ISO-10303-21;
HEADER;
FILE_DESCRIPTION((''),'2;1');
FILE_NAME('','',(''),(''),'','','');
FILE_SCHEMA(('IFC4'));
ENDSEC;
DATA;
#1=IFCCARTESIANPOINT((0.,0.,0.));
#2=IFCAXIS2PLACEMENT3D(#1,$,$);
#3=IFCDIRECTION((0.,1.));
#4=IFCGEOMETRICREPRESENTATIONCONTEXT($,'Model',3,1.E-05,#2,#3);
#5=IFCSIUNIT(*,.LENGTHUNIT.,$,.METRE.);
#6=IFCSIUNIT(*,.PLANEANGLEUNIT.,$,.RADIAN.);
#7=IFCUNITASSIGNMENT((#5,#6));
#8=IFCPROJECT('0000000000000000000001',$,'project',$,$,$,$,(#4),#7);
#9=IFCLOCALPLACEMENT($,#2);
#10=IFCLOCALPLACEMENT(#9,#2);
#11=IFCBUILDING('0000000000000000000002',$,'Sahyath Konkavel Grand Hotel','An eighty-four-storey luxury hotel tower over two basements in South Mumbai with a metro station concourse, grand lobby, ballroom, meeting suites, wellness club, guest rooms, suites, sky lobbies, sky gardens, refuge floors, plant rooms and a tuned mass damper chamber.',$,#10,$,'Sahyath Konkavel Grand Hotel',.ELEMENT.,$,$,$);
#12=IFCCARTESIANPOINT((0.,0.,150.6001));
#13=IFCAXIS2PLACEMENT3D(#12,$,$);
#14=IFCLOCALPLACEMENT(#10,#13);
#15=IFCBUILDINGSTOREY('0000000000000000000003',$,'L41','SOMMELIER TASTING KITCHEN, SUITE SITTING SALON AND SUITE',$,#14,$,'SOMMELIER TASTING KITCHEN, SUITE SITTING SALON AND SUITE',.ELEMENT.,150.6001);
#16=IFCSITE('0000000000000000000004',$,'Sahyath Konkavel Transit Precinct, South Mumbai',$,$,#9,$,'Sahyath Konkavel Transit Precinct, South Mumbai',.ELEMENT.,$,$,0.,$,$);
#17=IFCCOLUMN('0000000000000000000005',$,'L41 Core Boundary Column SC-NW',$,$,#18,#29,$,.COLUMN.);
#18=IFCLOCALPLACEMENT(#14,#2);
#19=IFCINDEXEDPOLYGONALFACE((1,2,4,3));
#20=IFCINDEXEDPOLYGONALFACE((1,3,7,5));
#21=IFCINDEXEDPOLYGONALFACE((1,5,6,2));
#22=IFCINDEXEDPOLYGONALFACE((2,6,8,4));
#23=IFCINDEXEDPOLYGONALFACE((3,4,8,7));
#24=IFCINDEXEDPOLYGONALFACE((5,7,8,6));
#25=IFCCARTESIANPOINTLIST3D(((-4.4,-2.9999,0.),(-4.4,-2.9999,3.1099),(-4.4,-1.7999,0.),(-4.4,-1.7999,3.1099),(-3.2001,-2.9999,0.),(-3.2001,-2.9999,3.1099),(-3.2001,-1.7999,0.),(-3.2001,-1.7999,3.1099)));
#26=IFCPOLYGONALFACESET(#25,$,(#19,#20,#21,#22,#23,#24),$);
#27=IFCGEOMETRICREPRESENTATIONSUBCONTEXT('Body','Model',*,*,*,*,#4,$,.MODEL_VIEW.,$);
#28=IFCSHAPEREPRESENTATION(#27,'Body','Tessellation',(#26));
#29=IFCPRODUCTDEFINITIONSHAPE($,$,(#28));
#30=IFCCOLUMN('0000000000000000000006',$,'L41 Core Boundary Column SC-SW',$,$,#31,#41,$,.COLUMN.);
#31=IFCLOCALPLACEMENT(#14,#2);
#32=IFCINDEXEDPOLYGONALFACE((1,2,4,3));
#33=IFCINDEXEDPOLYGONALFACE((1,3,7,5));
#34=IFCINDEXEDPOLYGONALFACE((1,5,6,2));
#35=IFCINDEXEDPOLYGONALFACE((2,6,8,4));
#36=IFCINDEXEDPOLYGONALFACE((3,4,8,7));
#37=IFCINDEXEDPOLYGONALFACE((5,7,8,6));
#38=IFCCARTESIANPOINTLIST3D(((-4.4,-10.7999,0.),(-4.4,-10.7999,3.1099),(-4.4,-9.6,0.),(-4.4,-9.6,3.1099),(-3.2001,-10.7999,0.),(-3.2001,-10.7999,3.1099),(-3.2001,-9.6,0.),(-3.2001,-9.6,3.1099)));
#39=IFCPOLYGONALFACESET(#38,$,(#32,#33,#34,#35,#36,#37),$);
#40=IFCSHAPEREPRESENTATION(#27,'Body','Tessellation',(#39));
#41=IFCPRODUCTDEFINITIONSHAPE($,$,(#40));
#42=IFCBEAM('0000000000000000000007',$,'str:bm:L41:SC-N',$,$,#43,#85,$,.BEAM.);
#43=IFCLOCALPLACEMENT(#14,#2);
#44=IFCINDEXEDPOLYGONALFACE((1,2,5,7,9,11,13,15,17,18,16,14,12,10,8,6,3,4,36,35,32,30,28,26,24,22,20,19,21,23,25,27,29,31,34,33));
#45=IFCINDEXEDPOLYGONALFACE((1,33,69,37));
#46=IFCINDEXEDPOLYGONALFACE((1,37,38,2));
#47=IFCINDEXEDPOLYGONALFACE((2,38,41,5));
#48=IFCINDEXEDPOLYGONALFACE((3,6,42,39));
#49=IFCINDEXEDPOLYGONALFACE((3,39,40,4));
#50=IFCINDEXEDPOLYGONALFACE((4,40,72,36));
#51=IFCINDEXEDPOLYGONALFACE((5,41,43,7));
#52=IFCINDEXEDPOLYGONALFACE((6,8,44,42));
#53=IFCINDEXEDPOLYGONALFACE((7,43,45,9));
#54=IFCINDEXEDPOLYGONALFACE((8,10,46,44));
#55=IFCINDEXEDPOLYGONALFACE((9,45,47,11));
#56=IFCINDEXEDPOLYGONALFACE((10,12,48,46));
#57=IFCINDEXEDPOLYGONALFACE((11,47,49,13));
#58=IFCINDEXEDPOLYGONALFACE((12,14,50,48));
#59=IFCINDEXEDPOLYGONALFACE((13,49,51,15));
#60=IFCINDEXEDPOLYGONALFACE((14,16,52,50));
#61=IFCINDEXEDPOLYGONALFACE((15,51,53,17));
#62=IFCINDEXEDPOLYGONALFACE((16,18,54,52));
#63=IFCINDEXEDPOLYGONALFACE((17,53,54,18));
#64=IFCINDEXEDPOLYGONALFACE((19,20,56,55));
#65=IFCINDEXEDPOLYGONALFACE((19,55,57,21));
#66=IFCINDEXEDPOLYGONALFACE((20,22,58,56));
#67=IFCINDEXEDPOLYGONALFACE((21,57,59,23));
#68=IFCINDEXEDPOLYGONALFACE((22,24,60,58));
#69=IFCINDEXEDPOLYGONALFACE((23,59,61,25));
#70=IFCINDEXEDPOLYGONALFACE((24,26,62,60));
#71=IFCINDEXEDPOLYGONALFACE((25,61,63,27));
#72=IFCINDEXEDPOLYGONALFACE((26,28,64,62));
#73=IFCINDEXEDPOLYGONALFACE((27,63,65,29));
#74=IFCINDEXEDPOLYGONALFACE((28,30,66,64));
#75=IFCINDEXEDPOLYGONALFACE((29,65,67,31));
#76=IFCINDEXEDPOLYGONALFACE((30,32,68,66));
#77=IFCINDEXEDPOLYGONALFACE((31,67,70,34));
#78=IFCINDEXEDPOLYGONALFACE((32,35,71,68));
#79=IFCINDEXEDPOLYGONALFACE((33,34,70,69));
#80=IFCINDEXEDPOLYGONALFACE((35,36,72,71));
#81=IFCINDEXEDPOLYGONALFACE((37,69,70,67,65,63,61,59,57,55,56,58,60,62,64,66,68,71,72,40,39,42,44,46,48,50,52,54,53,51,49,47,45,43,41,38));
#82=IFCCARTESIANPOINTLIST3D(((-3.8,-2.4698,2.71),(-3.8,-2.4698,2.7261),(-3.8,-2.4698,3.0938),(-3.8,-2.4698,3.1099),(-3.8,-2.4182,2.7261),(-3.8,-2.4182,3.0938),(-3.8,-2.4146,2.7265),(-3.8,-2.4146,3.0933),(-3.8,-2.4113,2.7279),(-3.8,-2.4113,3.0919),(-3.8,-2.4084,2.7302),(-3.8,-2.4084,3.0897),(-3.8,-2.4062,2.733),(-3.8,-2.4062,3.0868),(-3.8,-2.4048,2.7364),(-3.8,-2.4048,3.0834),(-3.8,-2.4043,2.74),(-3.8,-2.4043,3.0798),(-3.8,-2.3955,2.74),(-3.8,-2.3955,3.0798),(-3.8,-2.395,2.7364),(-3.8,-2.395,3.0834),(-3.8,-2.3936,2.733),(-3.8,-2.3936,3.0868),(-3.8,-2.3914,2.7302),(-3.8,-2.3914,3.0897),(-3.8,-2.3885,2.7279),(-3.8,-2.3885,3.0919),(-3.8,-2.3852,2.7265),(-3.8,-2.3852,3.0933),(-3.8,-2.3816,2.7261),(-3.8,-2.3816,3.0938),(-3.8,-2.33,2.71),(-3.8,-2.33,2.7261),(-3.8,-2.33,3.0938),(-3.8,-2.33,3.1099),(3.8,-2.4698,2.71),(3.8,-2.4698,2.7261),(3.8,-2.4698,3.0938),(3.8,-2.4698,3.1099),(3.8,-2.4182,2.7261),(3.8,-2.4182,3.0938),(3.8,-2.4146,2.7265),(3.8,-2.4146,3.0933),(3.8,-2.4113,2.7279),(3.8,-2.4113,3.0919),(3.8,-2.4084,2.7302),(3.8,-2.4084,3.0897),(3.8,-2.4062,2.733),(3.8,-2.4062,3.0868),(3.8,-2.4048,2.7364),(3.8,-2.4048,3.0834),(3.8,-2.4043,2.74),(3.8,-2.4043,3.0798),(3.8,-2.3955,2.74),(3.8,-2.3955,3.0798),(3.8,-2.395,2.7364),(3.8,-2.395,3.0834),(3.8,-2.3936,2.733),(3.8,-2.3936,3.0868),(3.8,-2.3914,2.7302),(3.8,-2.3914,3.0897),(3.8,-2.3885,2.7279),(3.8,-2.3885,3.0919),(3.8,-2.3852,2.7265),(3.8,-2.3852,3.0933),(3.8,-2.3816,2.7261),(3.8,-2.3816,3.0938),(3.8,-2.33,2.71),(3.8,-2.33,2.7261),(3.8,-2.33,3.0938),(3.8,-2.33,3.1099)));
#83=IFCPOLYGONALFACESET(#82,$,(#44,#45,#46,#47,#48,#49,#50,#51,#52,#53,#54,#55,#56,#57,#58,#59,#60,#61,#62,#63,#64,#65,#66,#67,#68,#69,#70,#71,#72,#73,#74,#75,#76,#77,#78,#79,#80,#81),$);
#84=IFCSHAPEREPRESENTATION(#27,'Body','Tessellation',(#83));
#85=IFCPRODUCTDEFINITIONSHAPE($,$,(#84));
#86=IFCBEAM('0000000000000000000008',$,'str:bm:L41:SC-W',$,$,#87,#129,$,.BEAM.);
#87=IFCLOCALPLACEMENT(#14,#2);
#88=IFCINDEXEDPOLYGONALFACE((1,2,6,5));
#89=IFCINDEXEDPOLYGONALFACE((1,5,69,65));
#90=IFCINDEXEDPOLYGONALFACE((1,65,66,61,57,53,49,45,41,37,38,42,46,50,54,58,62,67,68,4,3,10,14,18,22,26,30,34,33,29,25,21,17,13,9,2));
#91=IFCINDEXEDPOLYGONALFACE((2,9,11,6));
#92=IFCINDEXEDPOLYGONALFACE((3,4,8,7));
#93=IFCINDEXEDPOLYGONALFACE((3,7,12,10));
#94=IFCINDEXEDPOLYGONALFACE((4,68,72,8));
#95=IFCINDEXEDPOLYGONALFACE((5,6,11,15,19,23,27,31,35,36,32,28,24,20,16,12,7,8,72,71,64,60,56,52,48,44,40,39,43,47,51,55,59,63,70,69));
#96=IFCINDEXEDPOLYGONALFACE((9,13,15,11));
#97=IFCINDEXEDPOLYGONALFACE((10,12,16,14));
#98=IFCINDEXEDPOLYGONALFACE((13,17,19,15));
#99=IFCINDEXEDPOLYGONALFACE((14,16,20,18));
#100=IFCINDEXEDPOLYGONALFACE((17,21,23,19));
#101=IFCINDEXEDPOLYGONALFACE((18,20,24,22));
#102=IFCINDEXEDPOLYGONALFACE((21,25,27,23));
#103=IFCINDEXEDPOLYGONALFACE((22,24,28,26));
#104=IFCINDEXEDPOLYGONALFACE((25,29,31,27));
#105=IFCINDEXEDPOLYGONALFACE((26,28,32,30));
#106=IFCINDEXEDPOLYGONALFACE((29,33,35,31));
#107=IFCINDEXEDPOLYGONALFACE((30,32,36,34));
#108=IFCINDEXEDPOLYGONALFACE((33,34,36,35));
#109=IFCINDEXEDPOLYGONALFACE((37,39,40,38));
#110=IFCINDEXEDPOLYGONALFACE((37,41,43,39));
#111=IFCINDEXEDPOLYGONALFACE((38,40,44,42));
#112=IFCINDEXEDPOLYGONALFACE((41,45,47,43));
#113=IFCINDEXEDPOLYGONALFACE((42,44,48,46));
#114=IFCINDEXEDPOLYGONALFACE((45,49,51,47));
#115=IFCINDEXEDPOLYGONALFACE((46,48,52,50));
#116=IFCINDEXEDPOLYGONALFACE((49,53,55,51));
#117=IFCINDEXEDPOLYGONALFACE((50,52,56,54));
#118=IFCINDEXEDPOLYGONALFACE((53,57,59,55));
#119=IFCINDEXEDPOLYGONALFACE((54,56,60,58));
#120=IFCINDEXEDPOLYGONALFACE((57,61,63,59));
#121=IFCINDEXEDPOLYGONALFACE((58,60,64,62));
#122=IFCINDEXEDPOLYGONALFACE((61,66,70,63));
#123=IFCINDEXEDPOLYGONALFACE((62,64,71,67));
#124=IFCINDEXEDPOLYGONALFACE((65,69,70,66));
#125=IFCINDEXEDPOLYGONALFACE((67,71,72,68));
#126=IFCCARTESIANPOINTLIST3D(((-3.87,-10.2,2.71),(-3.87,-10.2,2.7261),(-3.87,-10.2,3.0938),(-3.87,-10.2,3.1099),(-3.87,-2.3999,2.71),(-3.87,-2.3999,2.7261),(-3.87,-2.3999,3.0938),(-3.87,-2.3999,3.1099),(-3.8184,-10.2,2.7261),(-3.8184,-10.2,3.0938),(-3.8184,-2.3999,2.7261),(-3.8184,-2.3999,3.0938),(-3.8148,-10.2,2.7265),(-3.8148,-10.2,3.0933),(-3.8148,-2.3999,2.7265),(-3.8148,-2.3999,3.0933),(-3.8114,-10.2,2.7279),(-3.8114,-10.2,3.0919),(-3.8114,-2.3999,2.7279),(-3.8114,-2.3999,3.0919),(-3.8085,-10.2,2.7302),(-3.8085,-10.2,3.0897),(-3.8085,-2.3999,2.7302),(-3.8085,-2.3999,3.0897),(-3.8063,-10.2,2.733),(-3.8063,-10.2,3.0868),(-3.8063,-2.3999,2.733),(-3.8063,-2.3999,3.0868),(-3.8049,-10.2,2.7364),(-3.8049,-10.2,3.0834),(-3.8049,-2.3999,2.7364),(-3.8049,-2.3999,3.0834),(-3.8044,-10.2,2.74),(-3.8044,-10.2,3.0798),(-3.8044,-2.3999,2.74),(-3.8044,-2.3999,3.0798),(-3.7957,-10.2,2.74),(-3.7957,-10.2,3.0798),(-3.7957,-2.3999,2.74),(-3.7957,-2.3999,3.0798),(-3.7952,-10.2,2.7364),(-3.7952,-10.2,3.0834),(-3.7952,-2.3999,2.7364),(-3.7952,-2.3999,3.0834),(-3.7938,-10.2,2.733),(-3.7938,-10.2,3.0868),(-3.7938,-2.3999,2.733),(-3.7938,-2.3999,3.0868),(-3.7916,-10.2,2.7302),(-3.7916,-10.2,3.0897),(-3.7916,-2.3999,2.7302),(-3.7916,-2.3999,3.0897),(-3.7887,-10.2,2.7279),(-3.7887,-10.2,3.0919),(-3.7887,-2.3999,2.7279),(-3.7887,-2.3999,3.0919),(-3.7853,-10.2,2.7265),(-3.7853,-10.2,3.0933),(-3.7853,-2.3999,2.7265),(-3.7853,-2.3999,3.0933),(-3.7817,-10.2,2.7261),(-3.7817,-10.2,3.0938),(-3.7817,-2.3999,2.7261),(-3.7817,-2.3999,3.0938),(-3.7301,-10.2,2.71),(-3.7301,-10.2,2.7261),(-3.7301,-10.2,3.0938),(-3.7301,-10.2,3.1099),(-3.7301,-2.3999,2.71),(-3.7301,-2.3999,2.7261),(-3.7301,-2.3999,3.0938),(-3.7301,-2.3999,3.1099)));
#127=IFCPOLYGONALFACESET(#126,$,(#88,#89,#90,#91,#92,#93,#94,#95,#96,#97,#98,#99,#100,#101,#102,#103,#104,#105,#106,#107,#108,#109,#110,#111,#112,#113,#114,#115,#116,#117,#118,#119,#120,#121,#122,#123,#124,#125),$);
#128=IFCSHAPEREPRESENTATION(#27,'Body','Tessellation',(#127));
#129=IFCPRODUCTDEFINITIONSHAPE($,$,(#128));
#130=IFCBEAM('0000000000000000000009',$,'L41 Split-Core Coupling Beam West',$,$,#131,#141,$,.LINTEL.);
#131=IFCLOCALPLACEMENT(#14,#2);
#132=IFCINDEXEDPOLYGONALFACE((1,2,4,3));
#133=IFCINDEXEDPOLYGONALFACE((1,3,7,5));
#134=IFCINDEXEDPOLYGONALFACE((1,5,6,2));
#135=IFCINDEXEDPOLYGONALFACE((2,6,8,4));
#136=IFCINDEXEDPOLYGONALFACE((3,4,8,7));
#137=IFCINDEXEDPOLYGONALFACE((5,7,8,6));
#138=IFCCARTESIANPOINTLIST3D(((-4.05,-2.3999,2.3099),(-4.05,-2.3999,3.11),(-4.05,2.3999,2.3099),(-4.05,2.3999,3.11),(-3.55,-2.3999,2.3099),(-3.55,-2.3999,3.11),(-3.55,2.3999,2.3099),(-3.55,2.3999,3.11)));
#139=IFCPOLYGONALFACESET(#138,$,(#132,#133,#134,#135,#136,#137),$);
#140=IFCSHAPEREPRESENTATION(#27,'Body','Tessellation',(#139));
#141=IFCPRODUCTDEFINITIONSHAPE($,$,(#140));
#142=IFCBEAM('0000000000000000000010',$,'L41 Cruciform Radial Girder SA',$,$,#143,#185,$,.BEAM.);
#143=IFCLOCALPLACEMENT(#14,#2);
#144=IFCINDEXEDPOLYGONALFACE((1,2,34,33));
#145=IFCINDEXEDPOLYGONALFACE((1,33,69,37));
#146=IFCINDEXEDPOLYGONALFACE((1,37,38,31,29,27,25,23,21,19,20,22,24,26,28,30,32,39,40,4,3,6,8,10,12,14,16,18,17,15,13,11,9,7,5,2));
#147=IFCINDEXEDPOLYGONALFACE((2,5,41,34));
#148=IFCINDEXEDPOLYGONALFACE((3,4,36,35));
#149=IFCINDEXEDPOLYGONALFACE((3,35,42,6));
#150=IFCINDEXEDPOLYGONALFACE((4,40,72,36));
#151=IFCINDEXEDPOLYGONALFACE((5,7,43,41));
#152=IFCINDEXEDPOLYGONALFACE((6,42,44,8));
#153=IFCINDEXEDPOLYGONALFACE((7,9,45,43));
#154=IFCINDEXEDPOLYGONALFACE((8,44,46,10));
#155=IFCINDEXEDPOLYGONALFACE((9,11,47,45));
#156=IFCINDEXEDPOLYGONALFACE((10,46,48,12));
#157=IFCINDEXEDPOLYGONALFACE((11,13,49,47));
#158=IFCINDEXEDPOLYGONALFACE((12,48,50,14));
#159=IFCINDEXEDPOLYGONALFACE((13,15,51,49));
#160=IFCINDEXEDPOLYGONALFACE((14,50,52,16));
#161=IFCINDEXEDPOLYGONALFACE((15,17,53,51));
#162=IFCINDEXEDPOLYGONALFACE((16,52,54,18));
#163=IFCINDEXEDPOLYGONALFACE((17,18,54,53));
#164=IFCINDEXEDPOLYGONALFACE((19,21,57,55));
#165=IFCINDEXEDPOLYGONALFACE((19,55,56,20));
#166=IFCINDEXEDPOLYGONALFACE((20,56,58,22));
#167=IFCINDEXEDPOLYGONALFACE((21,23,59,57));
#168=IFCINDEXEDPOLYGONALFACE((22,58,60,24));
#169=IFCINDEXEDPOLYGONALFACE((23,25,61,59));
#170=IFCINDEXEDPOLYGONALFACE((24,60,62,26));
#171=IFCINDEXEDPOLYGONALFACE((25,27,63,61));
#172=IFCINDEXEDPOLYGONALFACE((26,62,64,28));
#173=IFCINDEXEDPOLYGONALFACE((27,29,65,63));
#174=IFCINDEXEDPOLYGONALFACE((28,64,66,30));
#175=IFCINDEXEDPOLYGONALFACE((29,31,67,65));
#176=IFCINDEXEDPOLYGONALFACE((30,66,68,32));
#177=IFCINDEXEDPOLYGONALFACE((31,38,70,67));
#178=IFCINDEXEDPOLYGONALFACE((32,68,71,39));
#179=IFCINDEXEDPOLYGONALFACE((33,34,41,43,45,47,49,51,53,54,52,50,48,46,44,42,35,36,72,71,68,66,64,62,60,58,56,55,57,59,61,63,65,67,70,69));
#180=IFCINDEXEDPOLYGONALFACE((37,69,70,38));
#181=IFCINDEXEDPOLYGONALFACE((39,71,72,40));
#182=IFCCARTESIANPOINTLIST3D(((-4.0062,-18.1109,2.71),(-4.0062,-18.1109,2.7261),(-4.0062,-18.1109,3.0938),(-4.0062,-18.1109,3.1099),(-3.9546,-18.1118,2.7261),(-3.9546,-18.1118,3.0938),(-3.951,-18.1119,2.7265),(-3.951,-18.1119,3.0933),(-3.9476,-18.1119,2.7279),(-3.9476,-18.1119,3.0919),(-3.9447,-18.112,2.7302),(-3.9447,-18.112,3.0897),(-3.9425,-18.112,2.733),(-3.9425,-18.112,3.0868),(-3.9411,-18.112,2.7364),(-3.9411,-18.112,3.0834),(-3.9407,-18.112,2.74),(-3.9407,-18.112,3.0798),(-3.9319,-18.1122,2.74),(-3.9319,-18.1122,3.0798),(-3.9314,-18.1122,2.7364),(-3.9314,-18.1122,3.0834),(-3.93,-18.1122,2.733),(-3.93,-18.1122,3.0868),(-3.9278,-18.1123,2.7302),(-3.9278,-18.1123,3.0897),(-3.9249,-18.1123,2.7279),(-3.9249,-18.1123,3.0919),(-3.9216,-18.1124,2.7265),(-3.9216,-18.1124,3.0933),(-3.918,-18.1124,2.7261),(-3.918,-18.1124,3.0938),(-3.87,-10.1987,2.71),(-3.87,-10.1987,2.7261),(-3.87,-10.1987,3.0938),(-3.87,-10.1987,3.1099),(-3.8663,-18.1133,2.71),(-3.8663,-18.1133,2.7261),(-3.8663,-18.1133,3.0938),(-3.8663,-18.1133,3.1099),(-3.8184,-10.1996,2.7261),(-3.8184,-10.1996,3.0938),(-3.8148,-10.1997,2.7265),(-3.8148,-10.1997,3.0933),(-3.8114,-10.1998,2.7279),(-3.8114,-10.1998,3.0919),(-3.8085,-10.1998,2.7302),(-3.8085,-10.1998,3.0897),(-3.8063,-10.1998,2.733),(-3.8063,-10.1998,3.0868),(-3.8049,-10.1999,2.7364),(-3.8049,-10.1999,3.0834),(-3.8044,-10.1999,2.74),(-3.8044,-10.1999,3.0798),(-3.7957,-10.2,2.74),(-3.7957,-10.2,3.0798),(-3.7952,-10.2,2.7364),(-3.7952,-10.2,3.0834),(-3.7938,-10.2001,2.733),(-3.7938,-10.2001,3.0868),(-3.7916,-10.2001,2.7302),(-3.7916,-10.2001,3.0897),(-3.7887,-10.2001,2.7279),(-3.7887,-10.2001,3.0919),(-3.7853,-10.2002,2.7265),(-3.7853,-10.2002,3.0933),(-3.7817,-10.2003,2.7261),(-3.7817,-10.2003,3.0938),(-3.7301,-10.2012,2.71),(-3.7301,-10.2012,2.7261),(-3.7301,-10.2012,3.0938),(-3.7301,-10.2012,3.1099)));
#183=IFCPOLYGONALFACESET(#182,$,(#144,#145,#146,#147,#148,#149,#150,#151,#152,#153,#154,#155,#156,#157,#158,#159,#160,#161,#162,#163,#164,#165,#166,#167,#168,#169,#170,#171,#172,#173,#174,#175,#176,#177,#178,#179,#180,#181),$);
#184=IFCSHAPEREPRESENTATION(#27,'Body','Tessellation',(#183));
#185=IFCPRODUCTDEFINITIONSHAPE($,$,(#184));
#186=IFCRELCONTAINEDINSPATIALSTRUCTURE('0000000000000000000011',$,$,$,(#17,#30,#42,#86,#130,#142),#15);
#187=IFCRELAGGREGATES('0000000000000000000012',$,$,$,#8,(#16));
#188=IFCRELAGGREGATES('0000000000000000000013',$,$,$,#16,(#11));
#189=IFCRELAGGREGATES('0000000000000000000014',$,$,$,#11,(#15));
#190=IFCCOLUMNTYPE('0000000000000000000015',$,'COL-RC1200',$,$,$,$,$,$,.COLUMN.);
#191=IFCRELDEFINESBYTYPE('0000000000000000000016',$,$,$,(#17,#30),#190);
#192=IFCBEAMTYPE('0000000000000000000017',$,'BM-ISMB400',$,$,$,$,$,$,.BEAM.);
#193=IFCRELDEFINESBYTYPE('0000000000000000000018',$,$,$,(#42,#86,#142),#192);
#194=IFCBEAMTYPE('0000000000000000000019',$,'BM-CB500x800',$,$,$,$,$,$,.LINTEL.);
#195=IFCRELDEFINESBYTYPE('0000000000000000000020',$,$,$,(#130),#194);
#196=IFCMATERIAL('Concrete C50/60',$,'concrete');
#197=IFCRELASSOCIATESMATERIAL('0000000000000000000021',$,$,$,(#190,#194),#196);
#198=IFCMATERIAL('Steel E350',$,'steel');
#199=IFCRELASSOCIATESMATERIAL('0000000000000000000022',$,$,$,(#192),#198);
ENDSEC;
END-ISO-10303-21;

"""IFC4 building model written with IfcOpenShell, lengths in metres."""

from ifc_helpers import new_model, si_unit, direction, frame, origin, origin_2d, place, context, subcontext, project, spatial, rectangle, i_section, extrude, source, transform, mapped, material, material_profile, profile_set, type_object, element, save


model = new_model("IFC4")

# Units and contexts
model_context = context("Model", 3, precision=1e-05, world=origin(), true_north=direction((0.0, 1.0)))
body_context = subcontext(model_context, "Body", "Model", "MODEL_VIEW")
ifc_project = project(units=[si_unit("LENGTHUNIT", "METRE"), si_unit("PLANEANGLEUNIT", "RADIAN")], contexts=[model_context])

# Site, building, storey
site_placement = place(None, origin())
site = spatial("IfcSite", under=ifc_project, at=site_placement, Name="Sahyath Konkavel Transit Precinct, South Mumbai", LongName="Sahyath Konkavel Transit Precinct, South Mumbai", CompositionType="ELEMENT", RefElevation=0.0)
building_placement = place(site_placement, origin())
building = spatial("IfcBuilding", under=site, at=building_placement, Name="Sahyath Konkavel Grand Hotel", Description="An eighty-four-storey luxury hotel tower over two basements in South Mumbai with a metro station concourse, grand lobby, ballroom, meeting suites, wellness club, guest rooms, suites, sky lobbies, sky gardens, refuge floors, plant rooms and a tuned mass damper chamber.", LongName="Sahyath Konkavel Grand Hotel", CompositionType="ELEMENT")
storey_placement = place(building_placement, frame((0.0, 0.0, 150.6001)))
storey = spatial("IfcBuildingStorey", under=building, at=storey_placement, Name="L41", Description="SOMMELIER TASTING KITCHEN, SUITE SITTING SALON AND SUITE", LongName="SOMMELIER TASTING KITCHEN, SUITE SITTING SALON AND SUITE", CompositionType="ELEMENT", Elevation=150.6001)

# Columns
ifc_material_1 = material(Name="Concrete C50/60", Category="concrete")
ifc_material_profile_1 = material_profile(ifc_material_1, rectangle(XDim=1.2, YDim=1.2, at=origin_2d()), Name="RC 1200x1200")
ifc_profile_set_1 = profile_set([ifc_material_profile_1], Name="Concrete C50/60")
column_type = type_object("IfcColumnType", Name="COL-RC1200", PredefinedType="COLUMN", material=ifc_profile_set_1)
shared_shape_1 = source(origin(), body_context, "Body", "SweptSolid", [
    extrude(rectangle(XDim=1.2, YDim=1.2, at=origin_2d()), origin(), (0.0, 0.0, 1.0), 3.1099),
])
for number, where, z_axis, x_axis, name in (
    (1, (-3.8, -2.3999, 0.0), (0.0, 0.0, 1.0), (1.0, 0.0, 0.0), "L41 Core Boundary Column SC-NW"),
    (2, (-3.8, -10.2, 0.0), (0.0, 0.0, 1.0), (1.0, 0.0, 0.0), "L41 Core Boundary Column SC-SW"),
):
    element("IfcColumn", number, at=place(storey_placement, frame(where, z_axis=z_axis, x_axis=x_axis)), inside=storey, type_object=column_type, Name=name, PredefinedType="COLUMN", context=body_context, shape_type="MappedRepresentation", body=[
        mapped(shared_shape_1, transform((0.0, 0.0, 0.0), scale=1.0)),
    ])

# Beams
ifc_material_2 = material(Name="Steel E350", Category="steel")
ifc_material_profile_2 = material_profile(ifc_material_2, i_section(OverallWidth=0.1399, OverallDepth=0.3999, WebThickness=0.0088, FlangeThickness=0.0161, FilletRadius=0.0139, at=origin_2d()), Name="ISMB 400")
ifc_profile_set_2 = profile_set([ifc_material_profile_2], Name="Steel E350")
beam_type_1 = type_object("IfcBeamType", Name="BM-ISMB400", PredefinedType="BEAM", material=ifc_profile_set_2)
shared_shape_2 = source(origin(), body_context, "Body", "SweptSolid", [
    extrude(i_section(OverallWidth=0.1399, OverallDepth=0.3999, WebThickness=0.0088, FlangeThickness=0.0161, FilletRadius=0.0139, at=origin_2d()), origin(), (0.0, 0.0, 1.0), 7.6001),
])
beam_1_placement = place(storey_placement, frame((-3.8, -2.3999, 2.9099), z_axis=(1.0, 0.0, 0.0), x_axis=(0.0, 1.0, 0.0)))
element("IfcBeam", 3, at=beam_1_placement, inside=storey, type_object=beam_type_1, Name="str:bm:L41:SC-N", PredefinedType="BEAM", context=body_context, shape_type="MappedRepresentation", body=[
    mapped(shared_shape_2, transform((0.0, 0.0, 0.0), scale=1.0)),
])
shared_shape_3 = source(origin(), body_context, "Body", "SweptSolid", [
    extrude(i_section(OverallWidth=0.1399, OverallDepth=0.3999, WebThickness=0.0088, FlangeThickness=0.0161, FilletRadius=0.0139, at=origin_2d()), origin(), (0.0, 0.0, 1.0), 7.8),
])
beam_2_placement = place(storey_placement, frame((-3.8, -10.2, 2.9099), z_axis=(0.0, 1.0, 0.0), x_axis=(-1.0, 0.0, 0.0)))
element("IfcBeam", 4, at=beam_2_placement, inside=storey, type_object=beam_type_1, Name="str:bm:L41:SC-W", PredefinedType="BEAM", context=body_context, shape_type="MappedRepresentation", body=[
    mapped(shared_shape_3, transform((0.0, 0.0, 0.0), scale=1.0)),
])
ifc_material_profile_3 = material_profile(ifc_material_1, rectangle(XDim=0.5, YDim=0.8, at=origin_2d()), Name="RC 500x800")
ifc_profile_set_3 = profile_set([ifc_material_profile_3], Name="Concrete C50/60")
beam_type_2 = type_object("IfcBeamType", Name="BM-CB500x800", PredefinedType="LINTEL", material=ifc_profile_set_3)
shared_shape_4 = source(origin(), body_context, "Body", "SweptSolid", [
    extrude(rectangle(XDim=0.5, YDim=0.8, at=origin_2d()), origin(), (0.0, 0.0, 1.0), 4.7998),
])
beam_3_placement = place(storey_placement, frame((-3.8, -2.3999, 2.71), z_axis=(0.0, 1.0, 0.0), x_axis=(-1.0, 0.0, 0.0)))
element("IfcBeam", 5, at=beam_3_placement, inside=storey, type_object=beam_type_2, Name="L41 Split-Core Coupling Beam West", PredefinedType="LINTEL", context=body_context, shape_type="MappedRepresentation", body=[
    mapped(shared_shape_4, transform((0.0, 0.0, 0.0), scale=1.0)),
])
shared_shape_5 = source(origin(), body_context, "Body", "SweptSolid", [
    extrude(i_section(OverallWidth=0.1399, OverallDepth=0.3999, WebThickness=0.0088, FlangeThickness=0.0161, FilletRadius=0.0139, at=origin_2d()), origin(), (0.0, 0.0, 1.0), 7.9133),
])
beam_4_placement = place(storey_placement, frame((-3.8, -10.2, 2.9099), z_axis=(-0.017215, -0.999852, 0.0), x_axis=(0.999852, -0.017215, 0.0)))
element("IfcBeam", 6, at=beam_4_placement, inside=storey, type_object=beam_type_1, Name="L41 Cruciform Radial Girder SA", PredefinedType="BEAM", context=body_context, shape_type="MappedRepresentation", body=[
    mapped(shared_shape_5, transform((0.0, 0.0, 0.0), scale=1.0)),
])

save(model, "model.ifc")
